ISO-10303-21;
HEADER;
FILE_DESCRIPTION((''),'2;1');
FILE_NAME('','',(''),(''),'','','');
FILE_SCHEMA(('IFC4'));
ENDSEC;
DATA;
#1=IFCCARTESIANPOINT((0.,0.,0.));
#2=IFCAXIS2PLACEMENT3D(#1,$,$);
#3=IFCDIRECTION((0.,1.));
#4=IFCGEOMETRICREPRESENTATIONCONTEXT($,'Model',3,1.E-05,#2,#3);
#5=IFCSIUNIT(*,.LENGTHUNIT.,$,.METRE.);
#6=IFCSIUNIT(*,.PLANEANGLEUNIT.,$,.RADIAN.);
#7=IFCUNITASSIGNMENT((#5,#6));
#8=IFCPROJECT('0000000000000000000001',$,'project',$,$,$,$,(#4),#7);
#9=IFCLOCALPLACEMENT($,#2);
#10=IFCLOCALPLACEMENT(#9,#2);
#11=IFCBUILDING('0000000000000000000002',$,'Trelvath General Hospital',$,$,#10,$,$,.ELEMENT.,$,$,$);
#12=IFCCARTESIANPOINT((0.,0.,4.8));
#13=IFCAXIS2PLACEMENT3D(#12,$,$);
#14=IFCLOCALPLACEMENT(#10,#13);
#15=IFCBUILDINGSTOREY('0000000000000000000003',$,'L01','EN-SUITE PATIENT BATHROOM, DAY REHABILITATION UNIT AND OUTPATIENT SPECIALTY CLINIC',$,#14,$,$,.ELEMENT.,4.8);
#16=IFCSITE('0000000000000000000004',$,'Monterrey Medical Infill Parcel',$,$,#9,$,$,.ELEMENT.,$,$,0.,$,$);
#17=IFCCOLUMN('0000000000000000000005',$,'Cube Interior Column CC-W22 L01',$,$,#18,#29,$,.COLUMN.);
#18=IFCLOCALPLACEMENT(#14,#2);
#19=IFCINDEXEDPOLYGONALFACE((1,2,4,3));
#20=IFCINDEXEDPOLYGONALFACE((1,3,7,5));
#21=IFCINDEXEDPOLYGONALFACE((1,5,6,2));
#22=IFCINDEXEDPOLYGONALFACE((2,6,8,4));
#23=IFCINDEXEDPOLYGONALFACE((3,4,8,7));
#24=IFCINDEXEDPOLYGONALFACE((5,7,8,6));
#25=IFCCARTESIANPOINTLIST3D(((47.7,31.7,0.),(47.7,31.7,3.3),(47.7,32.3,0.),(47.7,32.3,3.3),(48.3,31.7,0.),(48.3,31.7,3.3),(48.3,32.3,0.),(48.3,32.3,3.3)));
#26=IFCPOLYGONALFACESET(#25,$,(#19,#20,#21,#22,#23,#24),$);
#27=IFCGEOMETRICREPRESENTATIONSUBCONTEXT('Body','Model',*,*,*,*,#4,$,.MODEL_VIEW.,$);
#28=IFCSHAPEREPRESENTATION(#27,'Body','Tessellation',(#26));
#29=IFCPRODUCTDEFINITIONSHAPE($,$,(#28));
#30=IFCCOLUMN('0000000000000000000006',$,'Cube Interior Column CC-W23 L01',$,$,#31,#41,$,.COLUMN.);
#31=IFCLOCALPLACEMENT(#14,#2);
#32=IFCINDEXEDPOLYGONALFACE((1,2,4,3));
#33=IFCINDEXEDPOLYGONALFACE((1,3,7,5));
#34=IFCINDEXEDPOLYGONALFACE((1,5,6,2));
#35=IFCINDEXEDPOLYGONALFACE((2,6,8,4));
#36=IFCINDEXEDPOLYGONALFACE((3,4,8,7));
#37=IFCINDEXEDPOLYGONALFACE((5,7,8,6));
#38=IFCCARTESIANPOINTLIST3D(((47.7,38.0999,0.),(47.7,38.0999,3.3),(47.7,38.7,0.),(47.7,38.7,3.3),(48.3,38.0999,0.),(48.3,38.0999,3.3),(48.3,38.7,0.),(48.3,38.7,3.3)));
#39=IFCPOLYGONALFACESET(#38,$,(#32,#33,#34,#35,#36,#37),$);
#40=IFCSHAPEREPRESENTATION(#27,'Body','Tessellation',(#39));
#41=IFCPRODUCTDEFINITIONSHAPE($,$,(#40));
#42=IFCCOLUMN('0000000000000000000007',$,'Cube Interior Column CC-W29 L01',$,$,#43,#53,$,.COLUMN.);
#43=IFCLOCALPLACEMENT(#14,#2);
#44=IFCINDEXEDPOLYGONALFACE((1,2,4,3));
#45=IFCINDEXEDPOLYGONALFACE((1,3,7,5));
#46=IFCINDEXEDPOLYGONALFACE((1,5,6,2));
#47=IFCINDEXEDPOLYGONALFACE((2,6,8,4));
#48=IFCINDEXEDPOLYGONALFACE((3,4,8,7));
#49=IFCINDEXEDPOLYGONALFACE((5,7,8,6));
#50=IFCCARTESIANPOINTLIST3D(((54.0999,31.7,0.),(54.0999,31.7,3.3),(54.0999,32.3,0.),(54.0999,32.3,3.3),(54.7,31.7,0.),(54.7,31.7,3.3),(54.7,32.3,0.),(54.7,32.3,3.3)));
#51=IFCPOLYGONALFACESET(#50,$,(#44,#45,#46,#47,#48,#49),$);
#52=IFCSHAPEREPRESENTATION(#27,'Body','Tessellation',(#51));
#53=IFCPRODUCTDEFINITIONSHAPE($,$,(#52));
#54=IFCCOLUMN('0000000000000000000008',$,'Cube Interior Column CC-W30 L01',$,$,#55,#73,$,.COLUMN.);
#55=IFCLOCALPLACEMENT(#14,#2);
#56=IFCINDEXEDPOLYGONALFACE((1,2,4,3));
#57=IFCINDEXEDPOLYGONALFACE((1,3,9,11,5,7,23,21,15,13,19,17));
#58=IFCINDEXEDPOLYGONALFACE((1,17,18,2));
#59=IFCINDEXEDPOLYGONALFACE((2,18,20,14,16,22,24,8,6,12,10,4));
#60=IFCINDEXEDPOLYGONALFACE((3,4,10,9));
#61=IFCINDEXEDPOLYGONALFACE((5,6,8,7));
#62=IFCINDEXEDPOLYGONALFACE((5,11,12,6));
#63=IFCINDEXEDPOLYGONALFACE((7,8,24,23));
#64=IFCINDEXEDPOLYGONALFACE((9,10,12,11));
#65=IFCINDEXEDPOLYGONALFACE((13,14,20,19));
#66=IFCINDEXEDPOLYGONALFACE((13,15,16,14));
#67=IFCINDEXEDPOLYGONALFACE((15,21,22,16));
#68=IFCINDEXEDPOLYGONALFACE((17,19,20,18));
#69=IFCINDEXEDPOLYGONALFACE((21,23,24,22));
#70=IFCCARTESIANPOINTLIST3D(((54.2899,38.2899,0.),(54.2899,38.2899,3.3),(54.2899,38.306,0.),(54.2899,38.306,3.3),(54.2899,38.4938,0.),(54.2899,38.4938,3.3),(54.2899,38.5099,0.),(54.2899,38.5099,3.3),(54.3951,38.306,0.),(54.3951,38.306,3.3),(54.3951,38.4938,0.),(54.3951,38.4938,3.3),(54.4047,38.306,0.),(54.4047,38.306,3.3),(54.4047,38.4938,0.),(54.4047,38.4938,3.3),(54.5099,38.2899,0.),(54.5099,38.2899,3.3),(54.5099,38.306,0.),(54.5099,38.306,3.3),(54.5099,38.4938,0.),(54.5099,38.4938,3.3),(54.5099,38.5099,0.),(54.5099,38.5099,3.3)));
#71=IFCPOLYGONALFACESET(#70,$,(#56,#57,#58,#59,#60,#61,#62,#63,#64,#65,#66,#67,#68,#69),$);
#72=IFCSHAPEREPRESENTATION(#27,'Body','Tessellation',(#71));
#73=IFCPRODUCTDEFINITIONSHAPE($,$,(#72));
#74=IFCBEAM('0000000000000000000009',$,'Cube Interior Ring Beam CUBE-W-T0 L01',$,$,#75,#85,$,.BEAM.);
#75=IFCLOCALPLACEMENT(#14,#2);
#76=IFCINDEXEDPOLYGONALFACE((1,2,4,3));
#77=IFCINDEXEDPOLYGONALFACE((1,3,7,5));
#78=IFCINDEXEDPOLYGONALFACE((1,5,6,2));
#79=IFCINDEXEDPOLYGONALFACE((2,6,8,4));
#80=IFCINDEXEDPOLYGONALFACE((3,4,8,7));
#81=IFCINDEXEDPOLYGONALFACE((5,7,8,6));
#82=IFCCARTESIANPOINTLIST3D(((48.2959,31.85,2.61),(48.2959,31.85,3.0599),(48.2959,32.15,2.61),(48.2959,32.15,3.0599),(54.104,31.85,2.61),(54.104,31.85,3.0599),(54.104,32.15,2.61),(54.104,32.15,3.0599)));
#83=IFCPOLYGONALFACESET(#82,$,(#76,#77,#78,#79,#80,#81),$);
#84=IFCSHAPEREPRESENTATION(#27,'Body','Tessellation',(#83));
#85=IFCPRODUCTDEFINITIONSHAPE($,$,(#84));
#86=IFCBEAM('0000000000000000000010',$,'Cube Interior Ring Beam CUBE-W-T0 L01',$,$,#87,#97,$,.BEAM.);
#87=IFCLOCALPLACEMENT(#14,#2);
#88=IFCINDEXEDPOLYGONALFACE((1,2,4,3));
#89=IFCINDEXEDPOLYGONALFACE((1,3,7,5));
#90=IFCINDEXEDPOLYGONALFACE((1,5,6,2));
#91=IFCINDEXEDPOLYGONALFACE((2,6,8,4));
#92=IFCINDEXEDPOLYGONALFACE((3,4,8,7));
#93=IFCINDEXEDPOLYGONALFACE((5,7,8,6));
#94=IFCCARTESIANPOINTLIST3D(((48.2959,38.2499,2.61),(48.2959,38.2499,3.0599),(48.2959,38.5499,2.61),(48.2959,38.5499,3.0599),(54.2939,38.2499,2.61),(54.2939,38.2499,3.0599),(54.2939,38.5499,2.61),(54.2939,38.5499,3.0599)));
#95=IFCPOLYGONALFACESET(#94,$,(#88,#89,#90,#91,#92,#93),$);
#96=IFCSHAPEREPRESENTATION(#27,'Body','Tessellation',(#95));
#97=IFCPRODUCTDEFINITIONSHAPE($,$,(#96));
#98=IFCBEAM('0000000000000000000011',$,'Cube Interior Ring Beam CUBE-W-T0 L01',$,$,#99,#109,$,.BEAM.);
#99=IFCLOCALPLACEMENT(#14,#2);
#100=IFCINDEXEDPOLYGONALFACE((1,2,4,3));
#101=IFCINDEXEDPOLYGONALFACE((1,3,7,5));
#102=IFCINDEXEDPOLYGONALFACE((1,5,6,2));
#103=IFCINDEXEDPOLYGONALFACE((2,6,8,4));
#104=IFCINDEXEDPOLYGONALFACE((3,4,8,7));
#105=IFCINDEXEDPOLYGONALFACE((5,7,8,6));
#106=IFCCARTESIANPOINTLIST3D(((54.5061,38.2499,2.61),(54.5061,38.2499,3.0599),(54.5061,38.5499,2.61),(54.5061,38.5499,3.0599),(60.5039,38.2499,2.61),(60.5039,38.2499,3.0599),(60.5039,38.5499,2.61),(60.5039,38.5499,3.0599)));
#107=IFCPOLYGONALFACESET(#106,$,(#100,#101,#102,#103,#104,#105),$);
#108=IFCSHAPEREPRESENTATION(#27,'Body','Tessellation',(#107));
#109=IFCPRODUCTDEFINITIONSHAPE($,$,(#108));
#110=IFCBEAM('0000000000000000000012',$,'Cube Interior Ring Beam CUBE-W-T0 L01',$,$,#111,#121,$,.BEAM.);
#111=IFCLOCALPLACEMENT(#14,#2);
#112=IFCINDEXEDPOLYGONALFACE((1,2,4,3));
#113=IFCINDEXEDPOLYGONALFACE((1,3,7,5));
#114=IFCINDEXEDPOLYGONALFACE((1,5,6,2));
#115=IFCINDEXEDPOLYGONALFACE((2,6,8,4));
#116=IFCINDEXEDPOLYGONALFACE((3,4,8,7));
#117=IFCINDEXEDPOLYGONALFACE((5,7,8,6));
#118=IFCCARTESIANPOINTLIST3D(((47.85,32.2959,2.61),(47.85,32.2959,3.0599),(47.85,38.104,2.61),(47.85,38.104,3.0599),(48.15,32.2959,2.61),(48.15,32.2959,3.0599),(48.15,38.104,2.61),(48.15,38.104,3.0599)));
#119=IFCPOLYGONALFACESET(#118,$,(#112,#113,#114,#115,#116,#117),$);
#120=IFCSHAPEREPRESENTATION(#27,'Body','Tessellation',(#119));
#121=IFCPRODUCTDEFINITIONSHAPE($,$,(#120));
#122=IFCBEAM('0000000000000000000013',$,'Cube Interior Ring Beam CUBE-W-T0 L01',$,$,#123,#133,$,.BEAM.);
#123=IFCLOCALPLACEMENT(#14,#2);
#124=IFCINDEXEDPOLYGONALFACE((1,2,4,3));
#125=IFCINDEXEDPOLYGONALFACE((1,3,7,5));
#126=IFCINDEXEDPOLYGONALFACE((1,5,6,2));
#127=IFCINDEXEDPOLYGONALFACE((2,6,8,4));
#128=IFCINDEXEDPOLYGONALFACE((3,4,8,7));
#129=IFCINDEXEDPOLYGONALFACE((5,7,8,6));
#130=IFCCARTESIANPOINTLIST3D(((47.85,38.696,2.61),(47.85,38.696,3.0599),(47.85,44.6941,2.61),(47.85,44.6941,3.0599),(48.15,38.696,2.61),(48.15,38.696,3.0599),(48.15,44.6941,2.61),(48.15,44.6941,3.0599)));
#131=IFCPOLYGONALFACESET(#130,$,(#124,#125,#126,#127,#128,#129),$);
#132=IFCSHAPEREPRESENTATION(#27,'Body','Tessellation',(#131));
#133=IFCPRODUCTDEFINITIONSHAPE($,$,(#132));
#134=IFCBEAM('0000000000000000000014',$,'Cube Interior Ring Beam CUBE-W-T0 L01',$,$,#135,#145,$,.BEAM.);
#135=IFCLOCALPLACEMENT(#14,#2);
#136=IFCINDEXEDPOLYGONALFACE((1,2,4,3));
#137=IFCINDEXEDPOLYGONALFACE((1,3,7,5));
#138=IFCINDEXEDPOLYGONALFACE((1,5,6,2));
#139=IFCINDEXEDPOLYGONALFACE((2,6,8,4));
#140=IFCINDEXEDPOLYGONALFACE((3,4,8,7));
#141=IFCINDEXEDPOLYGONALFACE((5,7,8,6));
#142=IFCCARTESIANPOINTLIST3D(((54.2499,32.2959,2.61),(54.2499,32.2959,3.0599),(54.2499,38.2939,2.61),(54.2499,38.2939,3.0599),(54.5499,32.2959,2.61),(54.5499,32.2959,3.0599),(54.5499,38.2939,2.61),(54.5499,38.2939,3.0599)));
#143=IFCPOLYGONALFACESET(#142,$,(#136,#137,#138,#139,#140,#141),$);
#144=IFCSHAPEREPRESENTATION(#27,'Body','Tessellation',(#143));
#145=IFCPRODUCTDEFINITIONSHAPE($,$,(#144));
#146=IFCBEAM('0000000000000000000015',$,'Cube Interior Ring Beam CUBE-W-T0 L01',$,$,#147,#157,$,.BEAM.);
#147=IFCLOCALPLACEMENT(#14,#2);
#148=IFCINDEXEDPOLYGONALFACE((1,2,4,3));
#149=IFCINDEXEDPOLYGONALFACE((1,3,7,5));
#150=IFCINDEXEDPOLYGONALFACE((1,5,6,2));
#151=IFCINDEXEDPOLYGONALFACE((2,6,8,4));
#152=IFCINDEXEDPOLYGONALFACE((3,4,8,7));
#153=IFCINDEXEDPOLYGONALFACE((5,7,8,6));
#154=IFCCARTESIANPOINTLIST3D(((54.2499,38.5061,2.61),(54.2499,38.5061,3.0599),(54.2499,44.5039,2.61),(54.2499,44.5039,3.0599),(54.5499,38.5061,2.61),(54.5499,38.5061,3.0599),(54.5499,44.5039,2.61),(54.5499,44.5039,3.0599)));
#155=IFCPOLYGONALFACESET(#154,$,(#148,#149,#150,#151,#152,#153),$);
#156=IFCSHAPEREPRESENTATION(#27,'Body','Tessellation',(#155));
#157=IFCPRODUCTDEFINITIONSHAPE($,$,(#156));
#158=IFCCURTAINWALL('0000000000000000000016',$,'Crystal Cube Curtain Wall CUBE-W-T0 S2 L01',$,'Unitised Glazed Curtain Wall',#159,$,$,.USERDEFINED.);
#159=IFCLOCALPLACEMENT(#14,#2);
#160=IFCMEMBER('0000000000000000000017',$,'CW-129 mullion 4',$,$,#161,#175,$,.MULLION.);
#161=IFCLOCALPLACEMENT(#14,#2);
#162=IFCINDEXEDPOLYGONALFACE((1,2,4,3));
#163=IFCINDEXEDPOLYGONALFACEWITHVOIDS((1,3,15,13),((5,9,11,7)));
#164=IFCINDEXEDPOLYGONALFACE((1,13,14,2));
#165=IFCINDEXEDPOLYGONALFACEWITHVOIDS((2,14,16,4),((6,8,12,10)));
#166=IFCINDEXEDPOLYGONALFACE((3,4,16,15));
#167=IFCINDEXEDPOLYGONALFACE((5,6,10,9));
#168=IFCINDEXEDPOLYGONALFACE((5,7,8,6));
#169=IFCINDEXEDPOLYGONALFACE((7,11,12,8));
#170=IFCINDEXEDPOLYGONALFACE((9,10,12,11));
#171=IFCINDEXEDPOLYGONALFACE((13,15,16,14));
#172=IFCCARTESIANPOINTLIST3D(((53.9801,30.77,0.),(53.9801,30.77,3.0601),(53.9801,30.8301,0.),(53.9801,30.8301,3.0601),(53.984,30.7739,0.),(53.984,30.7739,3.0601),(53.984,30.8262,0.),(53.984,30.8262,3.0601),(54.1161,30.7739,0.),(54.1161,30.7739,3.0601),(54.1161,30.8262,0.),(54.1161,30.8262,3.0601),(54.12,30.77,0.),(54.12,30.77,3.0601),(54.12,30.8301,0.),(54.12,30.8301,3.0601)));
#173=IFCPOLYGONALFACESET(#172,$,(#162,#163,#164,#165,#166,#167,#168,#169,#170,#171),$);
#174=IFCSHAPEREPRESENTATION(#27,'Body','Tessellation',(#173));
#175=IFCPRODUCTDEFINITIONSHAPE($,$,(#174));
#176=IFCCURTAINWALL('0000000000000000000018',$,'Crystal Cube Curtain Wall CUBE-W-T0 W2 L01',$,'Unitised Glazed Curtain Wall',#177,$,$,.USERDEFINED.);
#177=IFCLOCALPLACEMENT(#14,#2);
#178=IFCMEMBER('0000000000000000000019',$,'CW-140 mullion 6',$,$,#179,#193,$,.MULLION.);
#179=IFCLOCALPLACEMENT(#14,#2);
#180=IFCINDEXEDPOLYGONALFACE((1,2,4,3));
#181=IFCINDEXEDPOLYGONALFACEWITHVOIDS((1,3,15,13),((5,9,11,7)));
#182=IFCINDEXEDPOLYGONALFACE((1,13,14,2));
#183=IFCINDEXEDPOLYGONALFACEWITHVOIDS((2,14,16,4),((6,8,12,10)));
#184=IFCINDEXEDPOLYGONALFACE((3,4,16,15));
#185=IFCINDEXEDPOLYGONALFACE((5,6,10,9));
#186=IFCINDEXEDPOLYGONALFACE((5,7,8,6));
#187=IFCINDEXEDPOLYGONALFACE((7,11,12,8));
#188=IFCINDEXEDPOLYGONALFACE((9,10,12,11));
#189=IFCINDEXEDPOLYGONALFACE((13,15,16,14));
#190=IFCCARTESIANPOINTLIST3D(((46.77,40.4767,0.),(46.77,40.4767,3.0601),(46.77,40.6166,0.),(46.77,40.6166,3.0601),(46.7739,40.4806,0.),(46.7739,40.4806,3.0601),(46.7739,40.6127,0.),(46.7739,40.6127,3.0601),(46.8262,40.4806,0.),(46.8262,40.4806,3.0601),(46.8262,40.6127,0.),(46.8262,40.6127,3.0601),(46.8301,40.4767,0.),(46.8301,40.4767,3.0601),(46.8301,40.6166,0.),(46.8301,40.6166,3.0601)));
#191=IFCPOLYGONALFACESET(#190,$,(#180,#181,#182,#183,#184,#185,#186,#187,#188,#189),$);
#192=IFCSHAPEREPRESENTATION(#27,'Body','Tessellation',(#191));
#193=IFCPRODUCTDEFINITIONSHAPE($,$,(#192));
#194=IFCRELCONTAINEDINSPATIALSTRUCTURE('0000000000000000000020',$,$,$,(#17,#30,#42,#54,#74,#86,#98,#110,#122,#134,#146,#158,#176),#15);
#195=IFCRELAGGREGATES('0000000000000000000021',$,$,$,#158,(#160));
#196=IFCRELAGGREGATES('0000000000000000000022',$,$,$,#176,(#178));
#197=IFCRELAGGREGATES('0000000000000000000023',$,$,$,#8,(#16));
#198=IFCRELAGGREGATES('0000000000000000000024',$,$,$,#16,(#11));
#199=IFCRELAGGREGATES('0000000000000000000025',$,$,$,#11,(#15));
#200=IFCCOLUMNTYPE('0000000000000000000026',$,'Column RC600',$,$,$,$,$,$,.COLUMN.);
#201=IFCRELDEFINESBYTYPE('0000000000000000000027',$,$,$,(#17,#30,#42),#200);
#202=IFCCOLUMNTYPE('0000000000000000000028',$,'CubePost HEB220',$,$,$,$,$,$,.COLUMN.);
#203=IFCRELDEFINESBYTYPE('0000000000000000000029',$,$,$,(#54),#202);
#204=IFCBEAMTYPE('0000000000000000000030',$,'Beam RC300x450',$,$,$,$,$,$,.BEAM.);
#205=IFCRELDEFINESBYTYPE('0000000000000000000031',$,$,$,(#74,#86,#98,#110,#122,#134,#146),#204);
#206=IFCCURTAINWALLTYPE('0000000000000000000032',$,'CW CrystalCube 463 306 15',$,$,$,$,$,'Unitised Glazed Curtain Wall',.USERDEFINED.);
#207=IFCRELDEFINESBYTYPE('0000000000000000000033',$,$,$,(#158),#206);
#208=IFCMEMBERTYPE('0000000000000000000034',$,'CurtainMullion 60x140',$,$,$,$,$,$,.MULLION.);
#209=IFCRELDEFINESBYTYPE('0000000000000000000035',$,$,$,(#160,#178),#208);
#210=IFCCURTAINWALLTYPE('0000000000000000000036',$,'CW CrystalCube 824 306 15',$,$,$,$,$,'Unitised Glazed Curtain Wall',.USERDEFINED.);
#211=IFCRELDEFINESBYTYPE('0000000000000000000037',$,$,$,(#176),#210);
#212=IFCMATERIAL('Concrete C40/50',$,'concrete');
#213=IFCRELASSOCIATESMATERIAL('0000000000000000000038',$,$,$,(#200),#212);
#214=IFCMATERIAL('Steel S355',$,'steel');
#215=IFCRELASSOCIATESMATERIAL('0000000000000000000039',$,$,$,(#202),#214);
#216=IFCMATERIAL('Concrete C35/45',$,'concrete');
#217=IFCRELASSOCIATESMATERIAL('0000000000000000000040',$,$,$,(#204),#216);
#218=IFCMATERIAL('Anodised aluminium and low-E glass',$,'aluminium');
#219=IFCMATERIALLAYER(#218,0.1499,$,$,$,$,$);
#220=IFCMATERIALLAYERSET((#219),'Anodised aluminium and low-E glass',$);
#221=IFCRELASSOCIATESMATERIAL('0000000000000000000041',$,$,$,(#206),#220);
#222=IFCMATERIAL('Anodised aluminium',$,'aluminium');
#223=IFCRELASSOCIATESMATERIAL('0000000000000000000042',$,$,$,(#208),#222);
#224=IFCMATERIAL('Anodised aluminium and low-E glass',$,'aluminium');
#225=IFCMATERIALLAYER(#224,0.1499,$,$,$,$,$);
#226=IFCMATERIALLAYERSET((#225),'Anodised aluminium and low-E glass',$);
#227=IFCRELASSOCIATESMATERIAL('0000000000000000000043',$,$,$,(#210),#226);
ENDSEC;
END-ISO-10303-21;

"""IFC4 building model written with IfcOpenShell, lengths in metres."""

from ifc_helpers import new_model, si_unit, direction, frame, origin, origin_2d, place, context, subcontext, project, spatial, rectangle, hollow_rectangle, i_section, extrude, material, layer, layer_set, material_profile, profile_set, type_object, element, aggregate, save


model = new_model("IFC4")

# Units and contexts
model_context = context("Model", 3, precision=1e-05, world=origin(), true_north=direction((0.0, 1.0)))
body_context = subcontext(model_context, "Body", "Model", "MODEL_VIEW")
ifc_project = project(units=[si_unit("LENGTHUNIT", "METRE"), si_unit("PLANEANGLEUNIT", "RADIAN")], contexts=[model_context])

# Site, building, storey
site_placement = place(None, origin())
site = spatial("IfcSite", under=ifc_project, at=site_placement, Name="Monterrey Medical Infill Parcel", CompositionType="ELEMENT", RefElevation=0.0)
building_placement = place(site_placement, origin())
building = spatial("IfcBuilding", under=site, at=building_placement, Name="Trelvath General Hospital", CompositionType="ELEMENT")
storey_placement = place(building_placement, frame((0.0, 0.0, 4.8)))
storey = spatial("IfcBuildingStorey", under=building, at=storey_placement, Name="L01", Description="EN-SUITE PATIENT BATHROOM, DAY REHABILITATION UNIT AND OUTPATIENT SPECIALTY CLINIC", CompositionType="ELEMENT", Elevation=4.8)

# Columns
ifc_material_1 = material(Name="Concrete C40/50", Category="concrete")
ifc_material_profile_1 = material_profile(ifc_material_1, rectangle(XDim=0.6001, YDim=0.6001, at=origin_2d()), Name="RC600x600")
ifc_profile_set_1 = profile_set([ifc_material_profile_1], Name="Concrete C40/50")
column_type_1 = type_object("IfcColumnType", Name="Column RC600", PredefinedType="COLUMN", material=ifc_profile_set_1)
for number, where, z_axis, x_axis, name in (
    (1, (48.0, 32.0, 0.0), (0.0, 0.0, 1.0), (1.0, 0.0, 0.0), "Cube Interior Column CC-W22 L01"),
    (2, (48.0, 38.3999, 0.0), (0.0, 0.0, 1.0), (1.0, 0.0, 0.0), "Cube Interior Column CC-W23 L01"),
    (3, (54.3999, 32.0, 0.0), (0.0, 0.0, 1.0), (1.0, 0.0, 0.0), "Cube Interior Column CC-W29 L01"),
):
    element("IfcColumn", number, at=place(storey_placement, frame(where, z_axis=z_axis, x_axis=x_axis)), inside=storey, type_object=column_type_1, Name=name, PredefinedType="COLUMN", context=body_context, shape_type="SweptSolid", body=[
        extrude(rectangle(XDim=0.6001, YDim=0.6001, at=origin_2d()), origin(), (0.0, 0.0, 1.0), 3.3),
    ])
ifc_material_2 = material(Name="Steel S355", Category="steel")
ifc_material_profile_2 = material_profile(ifc_material_2, i_section(OverallWidth=0.22, OverallDepth=0.22, WebThickness=0.0095, FlangeThickness=0.0161, at=origin_2d()), Name="HEB220")
ifc_profile_set_2 = profile_set([ifc_material_profile_2], Name="Steel S355")
column_type_2 = type_object("IfcColumnType", Name="CubePost HEB220", PredefinedType="COLUMN", material=ifc_profile_set_2)
column_placement = place(storey_placement, frame((54.3999, 38.3999, 0.0), z_axis=(0.0, 0.0, 1.0), x_axis=(1.0, 0.0, 0.0)))
element("IfcColumn", 4, at=column_placement, inside=storey, type_object=column_type_2, Name="Cube Interior Column CC-W30 L01", PredefinedType="COLUMN", context=body_context, shape_type="SweptSolid", body=[
    extrude(i_section(OverallWidth=0.22, OverallDepth=0.22, WebThickness=0.0095, FlangeThickness=0.0161, at=origin_2d()), origin(), (0.0, 0.0, 1.0), 3.3),
])

# Beams
ifc_material_3 = material(Name="Concrete C35/45", Category="concrete")
ifc_material_profile_3 = material_profile(ifc_material_3, rectangle(XDim=0.3, YDim=0.45, at=origin_2d()), Name="RCB300x450")
ifc_profile_set_3 = profile_set([ifc_material_profile_3], Name="Concrete C35/45")
beam_type = type_object("IfcBeamType", Name="Beam RC300x450", PredefinedType="BEAM", material=ifc_profile_set_3)
beam_1_placement = place(storey_placement, frame((48.2959, 32.0, 2.835), z_axis=(1.0, 0.0, 0.0), x_axis=(0.0, 1.0, 0.0)))
element("IfcBeam", 5, at=beam_1_placement, inside=storey, type_object=beam_type, Name="Cube Interior Ring Beam CUBE-W-T0 L01", PredefinedType="BEAM", context=body_context, shape_type="SweptSolid", body=[
    extrude(rectangle(XDim=0.3, YDim=0.45, at=origin_2d()), origin(), (0.0, 0.0, 1.0), 5.8081),
])
beam_2_placement = place(storey_placement, frame((48.2959, 38.3999, 2.835), z_axis=(1.0, 0.0, 0.0), x_axis=(0.0, 1.0, 0.0)))
element("IfcBeam", 6, at=beam_2_placement, inside=storey, type_object=beam_type, Name="Cube Interior Ring Beam CUBE-W-T0 L01", PredefinedType="BEAM", context=body_context, shape_type="SweptSolid", body=[
    extrude(rectangle(XDim=0.3, YDim=0.45, at=origin_2d()), origin(), (0.0, 0.0, 1.0), 5.998),
])
beam_3_placement = place(storey_placement, frame((54.5061, 38.3999, 2.835), z_axis=(1.0, 0.0, 0.0), x_axis=(0.0, 1.0, 0.0)))
element("IfcBeam", 7, at=beam_3_placement, inside=storey, type_object=beam_type, Name="Cube Interior Ring Beam CUBE-W-T0 L01", PredefinedType="BEAM", context=body_context, shape_type="SweptSolid", body=[
    extrude(rectangle(XDim=0.3, YDim=0.45, at=origin_2d()), origin(), (0.0, 0.0, 1.0), 5.9978),
])
beam_4_placement = place(storey_placement, frame((48.0, 32.2959, 2.835), z_axis=(0.0, 1.0, 0.0), x_axis=(-1.0, 0.0, 0.0)))
element("IfcBeam", 8, at=beam_4_placement, inside=storey, type_object=beam_type, Name="Cube Interior Ring Beam CUBE-W-T0 L01", PredefinedType="BEAM", context=body_context, shape_type="SweptSolid", body=[
    extrude(rectangle(XDim=0.3, YDim=0.45, at=origin_2d()), origin(), (0.0, 0.0, 1.0), 5.8081),
])
for number, where, z_axis, x_axis, name in (
    (9, (48.0, 38.696, 2.835), (0.0, 1.0, 0.0), (-1.0, 0.0, 0.0), "Cube Interior Ring Beam CUBE-W-T0 L01"),
    (10, (54.3999, 32.2959, 2.835), (0.0, 1.0, 0.0), (-1.0, 0.0, 0.0), "Cube Interior Ring Beam CUBE-W-T0 L01"),
):
    element("IfcBeam", number, at=place(storey_placement, frame(where, z_axis=z_axis, x_axis=x_axis)), inside=storey, type_object=beam_type, Name=name, PredefinedType="BEAM", context=body_context, shape_type="SweptSolid", body=[
        extrude(rectangle(XDim=0.3, YDim=0.45, at=origin_2d()), origin(), (0.0, 0.0, 1.0), 5.998),
    ])
beam_5_placement = place(storey_placement, frame((54.3999, 38.5061, 2.835), z_axis=(0.0, 1.0, 0.0), x_axis=(-1.0, 0.0, 0.0)))
element("IfcBeam", 11, at=beam_5_placement, inside=storey, type_object=beam_type, Name="Cube Interior Ring Beam CUBE-W-T0 L01", PredefinedType="BEAM", context=body_context, shape_type="SweptSolid", body=[
    extrude(rectangle(XDim=0.3, YDim=0.45, at=origin_2d()), origin(), (0.0, 0.0, 1.0), 5.9978),
])

# Curtain wall, member
ifc_material_4 = material(Name="Anodised aluminium and low-E glass", Category="aluminium")
ifc_layer_1 = layer(ifc_material_4, 0.1499)
ifc_layer_set_1 = layer_set([ifc_layer_1], Name="Anodised aluminium and low-E glass")
curtain_wall_type_1 = type_object("IfcCurtainWallType", Name="CW CrystalCube 463 306 15", ElementType="Unitised Glazed Curtain Wall", PredefinedType="USERDEFINED", material=ifc_layer_set_1)
curtain_wall_1_placement = place(storey_placement, origin())
curtain_wall_1 = element("IfcCurtainWall", 12, at=curtain_wall_1_placement, inside=storey, type_object=curtain_wall_type_1, Name="Crystal Cube Curtain Wall CUBE-W-T0 S2 L01", ObjectType="Unitised Glazed Curtain Wall", PredefinedType="USERDEFINED")
ifc_material_5 = material(Name="Anodised aluminium", Category="aluminium")
ifc_material_profile_4 = material_profile(ifc_material_5, hollow_rectangle(XDim=0.0601, YDim=0.1399, WallThickness=0.0039, at=origin_2d()), Name="RHS60x140x4")
ifc_profile_set_4 = profile_set([ifc_material_profile_4], Name="Anodised aluminium")
member_type_1 = type_object("IfcMemberType", Name="CurtainMullion 60x140", PredefinedType="MULLION", material=ifc_profile_set_4)
member_1_placement = place(storey_placement, frame((54.05, 30.8, 0.0), z_axis=(0.0, 0.0, 1.0), x_axis=(0.0, -1.0, 0.0)))
member_1 = element("IfcMember", 13, at=member_1_placement, type_object=member_type_1, Name="CW-129 mullion 4", PredefinedType="MULLION", context=body_context, shape_type="SweptSolid", body=[
    extrude(hollow_rectangle(XDim=0.0601, YDim=0.1399, WallThickness=0.0039, at=origin_2d()), origin(), (0.0, 0.0, 1.0), 3.0601),
])
aggregate(curtain_wall_1, [member_1])

# Curtain wall, member
ifc_material_6 = material(Name="Anodised aluminium and low-E glass", Category="aluminium")
ifc_layer_2 = layer(ifc_material_6, 0.1499)
ifc_layer_set_2 = layer_set([ifc_layer_2], Name="Anodised aluminium and low-E glass")
curtain_wall_type_2 = type_object("IfcCurtainWallType", Name="CW CrystalCube 824 306 15", ElementType="Unitised Glazed Curtain Wall", PredefinedType="USERDEFINED", material=ifc_layer_set_2)
curtain_wall_2_placement = place(storey_placement, origin())
curtain_wall_2 = element("IfcCurtainWall", 14, at=curtain_wall_2_placement, inside=storey, type_object=curtain_wall_type_2, Name="Crystal Cube Curtain Wall CUBE-W-T0 W2 L01", ObjectType="Unitised Glazed Curtain Wall", PredefinedType="USERDEFINED")
member_2_placement = place(storey_placement, frame((46.8, 40.5466, 0.0), z_axis=(0.0, 0.0, 1.0), x_axis=(-1.0, 0.0, 0.0)))
member_2 = element("IfcMember", 15, at=member_2_placement, type_object=member_type_1, Name="CW-140 mullion 6", PredefinedType="MULLION", context=body_context, shape_type="SweptSolid", body=[
    extrude(hollow_rectangle(XDim=0.0601, YDim=0.1399, WallThickness=0.0039, at=origin_2d()), origin(), (0.0, 0.0, 1.0), 3.0601),
])

aggregate(curtain_wall_2, [member_2])

save(model, "model.ifc")
